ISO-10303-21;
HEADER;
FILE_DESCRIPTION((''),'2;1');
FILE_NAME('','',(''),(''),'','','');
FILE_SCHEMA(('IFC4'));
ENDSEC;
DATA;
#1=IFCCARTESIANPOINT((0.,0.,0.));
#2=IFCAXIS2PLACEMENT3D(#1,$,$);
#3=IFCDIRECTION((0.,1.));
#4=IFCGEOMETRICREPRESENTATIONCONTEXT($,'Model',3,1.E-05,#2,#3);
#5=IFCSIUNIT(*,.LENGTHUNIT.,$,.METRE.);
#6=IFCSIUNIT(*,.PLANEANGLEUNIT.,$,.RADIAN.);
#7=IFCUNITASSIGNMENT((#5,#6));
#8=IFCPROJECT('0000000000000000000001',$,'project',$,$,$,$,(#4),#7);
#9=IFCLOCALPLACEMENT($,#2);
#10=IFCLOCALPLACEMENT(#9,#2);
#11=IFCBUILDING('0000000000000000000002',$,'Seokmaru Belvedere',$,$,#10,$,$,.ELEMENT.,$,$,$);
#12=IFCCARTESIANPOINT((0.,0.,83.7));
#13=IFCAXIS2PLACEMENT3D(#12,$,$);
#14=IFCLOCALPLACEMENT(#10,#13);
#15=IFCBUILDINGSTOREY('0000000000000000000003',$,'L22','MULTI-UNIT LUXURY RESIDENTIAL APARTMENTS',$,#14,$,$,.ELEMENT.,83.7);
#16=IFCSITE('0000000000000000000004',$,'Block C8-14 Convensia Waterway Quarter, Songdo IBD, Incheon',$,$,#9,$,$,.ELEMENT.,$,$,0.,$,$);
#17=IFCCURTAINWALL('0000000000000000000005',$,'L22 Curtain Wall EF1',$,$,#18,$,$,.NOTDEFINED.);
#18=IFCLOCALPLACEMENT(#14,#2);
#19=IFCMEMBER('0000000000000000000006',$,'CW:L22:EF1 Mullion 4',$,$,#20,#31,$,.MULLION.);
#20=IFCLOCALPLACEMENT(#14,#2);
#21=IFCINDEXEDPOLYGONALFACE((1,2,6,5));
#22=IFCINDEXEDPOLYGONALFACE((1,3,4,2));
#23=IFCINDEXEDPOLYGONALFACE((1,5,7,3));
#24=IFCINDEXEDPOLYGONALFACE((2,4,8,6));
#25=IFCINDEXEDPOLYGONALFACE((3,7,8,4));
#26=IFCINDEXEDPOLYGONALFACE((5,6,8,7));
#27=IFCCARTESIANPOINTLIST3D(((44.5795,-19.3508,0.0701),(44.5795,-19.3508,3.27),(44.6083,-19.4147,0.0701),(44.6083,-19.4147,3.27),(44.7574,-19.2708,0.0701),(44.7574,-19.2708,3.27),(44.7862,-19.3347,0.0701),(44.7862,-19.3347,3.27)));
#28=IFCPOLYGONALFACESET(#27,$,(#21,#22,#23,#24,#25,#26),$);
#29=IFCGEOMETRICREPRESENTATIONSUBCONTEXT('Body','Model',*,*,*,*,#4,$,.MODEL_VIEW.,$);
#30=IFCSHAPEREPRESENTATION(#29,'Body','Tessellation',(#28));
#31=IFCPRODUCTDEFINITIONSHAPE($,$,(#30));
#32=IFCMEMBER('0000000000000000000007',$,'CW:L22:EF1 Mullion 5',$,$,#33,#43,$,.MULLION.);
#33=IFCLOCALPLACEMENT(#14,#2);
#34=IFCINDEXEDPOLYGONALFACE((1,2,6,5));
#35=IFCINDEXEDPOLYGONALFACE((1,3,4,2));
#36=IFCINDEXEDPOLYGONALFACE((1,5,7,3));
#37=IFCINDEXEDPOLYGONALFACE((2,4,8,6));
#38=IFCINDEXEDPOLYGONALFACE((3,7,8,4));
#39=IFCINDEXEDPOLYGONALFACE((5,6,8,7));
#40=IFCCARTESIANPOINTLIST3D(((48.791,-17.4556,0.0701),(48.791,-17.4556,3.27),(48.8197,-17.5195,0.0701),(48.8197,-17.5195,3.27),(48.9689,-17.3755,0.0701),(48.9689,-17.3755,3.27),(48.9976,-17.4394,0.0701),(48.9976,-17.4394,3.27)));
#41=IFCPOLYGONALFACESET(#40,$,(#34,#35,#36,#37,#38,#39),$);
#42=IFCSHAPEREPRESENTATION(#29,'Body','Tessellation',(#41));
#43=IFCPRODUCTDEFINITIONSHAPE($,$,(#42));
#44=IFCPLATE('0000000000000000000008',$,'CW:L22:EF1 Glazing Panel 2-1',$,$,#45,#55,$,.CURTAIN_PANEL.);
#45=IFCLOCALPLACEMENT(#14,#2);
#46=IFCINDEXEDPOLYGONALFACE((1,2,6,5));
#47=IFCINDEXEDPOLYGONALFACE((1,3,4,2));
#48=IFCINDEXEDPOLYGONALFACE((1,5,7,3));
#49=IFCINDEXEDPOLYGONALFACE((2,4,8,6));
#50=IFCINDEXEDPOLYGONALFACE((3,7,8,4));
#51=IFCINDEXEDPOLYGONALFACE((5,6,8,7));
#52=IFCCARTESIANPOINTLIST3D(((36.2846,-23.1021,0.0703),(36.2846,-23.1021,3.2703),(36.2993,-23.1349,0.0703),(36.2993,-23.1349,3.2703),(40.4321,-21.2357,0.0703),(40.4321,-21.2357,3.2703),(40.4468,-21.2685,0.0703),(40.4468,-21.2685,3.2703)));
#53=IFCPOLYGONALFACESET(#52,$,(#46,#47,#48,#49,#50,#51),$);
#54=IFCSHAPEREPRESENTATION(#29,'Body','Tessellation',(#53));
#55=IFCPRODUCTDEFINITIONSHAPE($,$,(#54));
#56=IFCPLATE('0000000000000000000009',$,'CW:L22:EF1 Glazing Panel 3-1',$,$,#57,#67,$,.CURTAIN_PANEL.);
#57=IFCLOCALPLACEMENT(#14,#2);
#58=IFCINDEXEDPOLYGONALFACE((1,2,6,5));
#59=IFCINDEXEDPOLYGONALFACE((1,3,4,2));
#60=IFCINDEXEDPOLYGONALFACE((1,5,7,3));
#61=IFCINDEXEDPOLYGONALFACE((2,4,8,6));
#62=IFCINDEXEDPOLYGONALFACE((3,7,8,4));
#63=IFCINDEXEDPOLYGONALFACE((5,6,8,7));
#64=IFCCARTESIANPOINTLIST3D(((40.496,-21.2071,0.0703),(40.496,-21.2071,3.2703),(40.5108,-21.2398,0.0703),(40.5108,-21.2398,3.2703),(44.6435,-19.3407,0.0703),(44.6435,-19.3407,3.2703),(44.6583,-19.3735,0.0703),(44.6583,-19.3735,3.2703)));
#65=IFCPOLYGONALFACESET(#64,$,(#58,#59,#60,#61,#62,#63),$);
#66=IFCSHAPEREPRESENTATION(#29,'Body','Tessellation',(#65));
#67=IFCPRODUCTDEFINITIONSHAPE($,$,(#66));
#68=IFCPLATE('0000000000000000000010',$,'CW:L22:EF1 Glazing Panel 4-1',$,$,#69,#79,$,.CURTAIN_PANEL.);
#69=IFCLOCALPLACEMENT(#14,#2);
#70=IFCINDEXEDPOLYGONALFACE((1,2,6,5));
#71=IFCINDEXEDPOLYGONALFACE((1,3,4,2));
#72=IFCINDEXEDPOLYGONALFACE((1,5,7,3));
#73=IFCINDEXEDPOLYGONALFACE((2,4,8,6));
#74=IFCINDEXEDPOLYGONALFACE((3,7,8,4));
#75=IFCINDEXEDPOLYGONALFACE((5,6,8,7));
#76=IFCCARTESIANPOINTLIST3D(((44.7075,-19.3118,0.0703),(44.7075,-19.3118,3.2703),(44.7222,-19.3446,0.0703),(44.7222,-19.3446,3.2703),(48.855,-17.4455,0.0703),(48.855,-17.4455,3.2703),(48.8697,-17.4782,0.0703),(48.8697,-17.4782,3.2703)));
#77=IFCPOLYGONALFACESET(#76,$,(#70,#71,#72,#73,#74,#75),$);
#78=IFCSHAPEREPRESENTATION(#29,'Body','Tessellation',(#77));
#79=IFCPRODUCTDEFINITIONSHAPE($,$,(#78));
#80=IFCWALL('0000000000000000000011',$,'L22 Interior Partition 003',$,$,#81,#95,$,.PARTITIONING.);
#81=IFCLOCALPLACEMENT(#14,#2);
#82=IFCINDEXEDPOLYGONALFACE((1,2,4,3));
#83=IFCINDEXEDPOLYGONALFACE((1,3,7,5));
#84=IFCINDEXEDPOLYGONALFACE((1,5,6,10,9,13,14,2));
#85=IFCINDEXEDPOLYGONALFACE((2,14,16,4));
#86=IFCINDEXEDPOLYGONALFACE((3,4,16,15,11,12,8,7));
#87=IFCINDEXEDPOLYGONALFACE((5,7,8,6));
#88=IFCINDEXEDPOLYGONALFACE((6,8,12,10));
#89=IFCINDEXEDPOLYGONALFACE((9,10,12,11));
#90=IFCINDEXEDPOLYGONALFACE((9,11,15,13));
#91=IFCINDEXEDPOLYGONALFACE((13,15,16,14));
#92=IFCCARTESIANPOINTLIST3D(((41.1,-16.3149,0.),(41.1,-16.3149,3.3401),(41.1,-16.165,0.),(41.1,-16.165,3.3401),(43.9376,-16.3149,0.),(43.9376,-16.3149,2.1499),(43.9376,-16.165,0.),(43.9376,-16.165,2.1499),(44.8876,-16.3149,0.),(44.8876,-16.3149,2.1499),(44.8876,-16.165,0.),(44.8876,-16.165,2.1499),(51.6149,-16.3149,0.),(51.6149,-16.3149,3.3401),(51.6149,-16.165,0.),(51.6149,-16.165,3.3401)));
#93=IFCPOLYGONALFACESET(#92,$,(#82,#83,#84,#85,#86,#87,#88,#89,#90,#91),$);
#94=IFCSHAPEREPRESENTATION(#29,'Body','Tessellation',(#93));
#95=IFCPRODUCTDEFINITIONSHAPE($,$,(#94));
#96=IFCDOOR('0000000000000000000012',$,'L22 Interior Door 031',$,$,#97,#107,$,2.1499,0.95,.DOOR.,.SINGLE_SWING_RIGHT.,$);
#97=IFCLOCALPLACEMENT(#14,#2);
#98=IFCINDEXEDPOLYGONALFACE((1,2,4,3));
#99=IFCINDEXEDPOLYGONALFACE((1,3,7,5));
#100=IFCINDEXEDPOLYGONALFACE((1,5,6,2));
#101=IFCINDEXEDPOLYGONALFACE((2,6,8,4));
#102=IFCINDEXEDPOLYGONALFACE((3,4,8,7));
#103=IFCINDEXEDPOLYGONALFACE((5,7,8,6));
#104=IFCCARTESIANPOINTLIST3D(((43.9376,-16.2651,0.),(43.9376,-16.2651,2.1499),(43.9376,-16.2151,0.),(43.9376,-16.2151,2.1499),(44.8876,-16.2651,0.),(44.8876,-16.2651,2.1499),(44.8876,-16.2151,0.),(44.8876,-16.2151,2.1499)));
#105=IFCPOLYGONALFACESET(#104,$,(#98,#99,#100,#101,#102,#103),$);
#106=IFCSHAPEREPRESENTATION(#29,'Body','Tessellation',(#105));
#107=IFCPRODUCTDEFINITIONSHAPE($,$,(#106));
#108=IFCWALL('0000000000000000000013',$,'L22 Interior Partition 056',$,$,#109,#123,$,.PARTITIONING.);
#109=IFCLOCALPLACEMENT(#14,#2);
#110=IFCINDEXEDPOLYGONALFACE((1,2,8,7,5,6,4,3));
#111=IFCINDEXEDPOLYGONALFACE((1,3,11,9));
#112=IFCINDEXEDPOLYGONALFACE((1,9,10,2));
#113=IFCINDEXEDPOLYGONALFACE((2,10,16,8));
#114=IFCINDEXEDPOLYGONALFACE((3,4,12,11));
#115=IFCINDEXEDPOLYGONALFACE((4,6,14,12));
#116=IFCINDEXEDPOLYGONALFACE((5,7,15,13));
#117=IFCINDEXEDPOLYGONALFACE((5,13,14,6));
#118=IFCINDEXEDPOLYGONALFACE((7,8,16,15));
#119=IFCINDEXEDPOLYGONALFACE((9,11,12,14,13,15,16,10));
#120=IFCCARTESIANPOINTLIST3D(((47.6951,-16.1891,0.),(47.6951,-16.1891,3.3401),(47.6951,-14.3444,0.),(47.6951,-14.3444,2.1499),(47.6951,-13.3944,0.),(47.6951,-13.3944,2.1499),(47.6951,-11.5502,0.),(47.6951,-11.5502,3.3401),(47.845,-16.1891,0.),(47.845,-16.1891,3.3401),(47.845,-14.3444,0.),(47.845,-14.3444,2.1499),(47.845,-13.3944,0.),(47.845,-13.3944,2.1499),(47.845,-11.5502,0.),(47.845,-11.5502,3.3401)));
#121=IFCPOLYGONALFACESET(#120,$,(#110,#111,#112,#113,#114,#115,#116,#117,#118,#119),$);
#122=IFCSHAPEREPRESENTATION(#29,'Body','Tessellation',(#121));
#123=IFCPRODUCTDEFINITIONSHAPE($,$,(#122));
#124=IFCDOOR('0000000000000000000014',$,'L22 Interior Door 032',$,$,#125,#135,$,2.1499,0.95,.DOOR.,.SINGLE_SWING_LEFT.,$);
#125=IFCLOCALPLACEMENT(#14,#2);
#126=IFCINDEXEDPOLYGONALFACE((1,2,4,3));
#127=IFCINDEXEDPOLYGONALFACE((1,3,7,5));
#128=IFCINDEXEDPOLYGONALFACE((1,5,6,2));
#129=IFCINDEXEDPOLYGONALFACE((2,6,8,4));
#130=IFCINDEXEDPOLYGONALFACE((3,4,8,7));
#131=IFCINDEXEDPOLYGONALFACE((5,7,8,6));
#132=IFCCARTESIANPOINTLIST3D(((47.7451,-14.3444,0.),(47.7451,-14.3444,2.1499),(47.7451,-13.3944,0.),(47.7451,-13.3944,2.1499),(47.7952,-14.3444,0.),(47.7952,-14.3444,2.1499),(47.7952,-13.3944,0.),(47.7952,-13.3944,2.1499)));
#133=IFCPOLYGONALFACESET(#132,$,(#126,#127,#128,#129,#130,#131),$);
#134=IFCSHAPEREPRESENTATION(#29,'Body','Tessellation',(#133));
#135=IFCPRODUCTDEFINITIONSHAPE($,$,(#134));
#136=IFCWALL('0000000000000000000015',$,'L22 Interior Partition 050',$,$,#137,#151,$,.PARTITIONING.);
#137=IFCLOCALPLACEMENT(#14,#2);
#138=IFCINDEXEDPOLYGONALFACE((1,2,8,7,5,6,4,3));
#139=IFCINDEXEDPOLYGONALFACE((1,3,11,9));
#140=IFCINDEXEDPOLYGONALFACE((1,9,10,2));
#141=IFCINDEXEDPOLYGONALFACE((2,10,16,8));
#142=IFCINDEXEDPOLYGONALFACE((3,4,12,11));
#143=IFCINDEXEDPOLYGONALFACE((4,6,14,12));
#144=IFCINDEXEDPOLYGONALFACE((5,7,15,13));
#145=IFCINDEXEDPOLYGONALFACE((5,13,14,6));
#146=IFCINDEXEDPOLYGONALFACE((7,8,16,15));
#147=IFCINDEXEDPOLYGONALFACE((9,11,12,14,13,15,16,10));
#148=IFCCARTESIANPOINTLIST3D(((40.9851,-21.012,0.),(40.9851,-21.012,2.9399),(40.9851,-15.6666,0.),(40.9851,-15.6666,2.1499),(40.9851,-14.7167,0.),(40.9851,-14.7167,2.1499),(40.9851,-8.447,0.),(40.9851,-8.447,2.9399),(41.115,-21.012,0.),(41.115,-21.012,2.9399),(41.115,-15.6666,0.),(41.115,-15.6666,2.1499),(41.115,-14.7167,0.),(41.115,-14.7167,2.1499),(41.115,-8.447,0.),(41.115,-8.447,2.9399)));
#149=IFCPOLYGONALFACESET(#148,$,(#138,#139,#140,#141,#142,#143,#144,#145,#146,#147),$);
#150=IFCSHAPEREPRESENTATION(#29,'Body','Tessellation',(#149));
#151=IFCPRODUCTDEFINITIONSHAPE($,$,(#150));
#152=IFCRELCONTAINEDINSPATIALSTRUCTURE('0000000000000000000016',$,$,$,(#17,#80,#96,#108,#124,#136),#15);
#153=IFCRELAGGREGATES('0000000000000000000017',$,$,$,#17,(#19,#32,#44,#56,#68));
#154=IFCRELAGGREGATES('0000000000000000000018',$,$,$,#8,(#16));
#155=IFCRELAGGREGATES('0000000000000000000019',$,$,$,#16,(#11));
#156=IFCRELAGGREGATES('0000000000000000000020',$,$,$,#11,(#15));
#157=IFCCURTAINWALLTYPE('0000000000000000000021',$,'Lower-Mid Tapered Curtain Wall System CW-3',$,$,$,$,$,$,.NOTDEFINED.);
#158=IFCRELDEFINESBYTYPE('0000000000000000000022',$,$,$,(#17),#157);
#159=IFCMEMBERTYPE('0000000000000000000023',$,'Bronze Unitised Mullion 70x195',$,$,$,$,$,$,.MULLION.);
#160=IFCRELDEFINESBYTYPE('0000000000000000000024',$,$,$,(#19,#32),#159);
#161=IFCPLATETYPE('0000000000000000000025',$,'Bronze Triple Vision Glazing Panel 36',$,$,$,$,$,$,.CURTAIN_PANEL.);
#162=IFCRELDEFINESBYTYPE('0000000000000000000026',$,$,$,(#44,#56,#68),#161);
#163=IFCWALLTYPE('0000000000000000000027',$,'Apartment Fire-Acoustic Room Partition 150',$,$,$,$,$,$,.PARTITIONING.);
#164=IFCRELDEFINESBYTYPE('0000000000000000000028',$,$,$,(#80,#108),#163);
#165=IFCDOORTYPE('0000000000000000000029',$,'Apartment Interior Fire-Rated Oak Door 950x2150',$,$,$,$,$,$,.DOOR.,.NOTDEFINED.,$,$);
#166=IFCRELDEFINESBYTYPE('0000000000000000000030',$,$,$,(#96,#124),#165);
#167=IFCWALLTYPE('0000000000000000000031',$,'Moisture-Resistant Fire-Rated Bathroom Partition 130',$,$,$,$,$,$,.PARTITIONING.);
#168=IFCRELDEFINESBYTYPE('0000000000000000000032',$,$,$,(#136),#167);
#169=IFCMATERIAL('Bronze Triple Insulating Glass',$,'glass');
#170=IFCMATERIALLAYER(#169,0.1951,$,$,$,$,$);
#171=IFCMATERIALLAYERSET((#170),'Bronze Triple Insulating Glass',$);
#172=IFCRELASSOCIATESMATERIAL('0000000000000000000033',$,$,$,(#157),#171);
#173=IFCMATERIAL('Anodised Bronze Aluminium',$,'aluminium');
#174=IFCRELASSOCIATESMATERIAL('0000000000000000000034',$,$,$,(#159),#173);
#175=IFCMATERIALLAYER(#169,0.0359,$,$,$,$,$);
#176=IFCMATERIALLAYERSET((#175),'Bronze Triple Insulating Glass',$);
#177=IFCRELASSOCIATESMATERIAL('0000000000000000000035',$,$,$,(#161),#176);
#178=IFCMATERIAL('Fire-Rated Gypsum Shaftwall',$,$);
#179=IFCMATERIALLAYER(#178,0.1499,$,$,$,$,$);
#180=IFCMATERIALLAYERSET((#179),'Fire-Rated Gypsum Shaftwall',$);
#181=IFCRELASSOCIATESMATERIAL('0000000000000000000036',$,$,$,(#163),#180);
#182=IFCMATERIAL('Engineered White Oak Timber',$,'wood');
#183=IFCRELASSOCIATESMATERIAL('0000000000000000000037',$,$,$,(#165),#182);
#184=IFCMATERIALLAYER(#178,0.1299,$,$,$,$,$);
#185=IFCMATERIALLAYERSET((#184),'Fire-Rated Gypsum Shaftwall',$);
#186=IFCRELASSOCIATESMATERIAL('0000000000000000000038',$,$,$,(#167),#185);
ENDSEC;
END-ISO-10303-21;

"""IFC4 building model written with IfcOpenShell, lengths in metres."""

from ifc_helpers import new_model, si_unit, direction, frame, frame_2d, origin, origin_2d, place, context, subcontext, project, spatial, rectangle, extrude, source, transform, mapped, material, layer, layer_set, material_profile, profile_set, type_object, type_shapes, element, fill, aggregate, save


model = new_model("IFC4")

# Units and contexts
model_context = context("Model", 3, precision=1e-05, world=origin(), true_north=direction((0.0, 1.0)))
body_context = subcontext(model_context, "Body", "Model", "MODEL_VIEW")
ifc_project = project(units=[si_unit("LENGTHUNIT", "METRE"), si_unit("PLANEANGLEUNIT", "RADIAN")], contexts=[model_context])

# Site, building, storey
site_placement = place(None, origin())
site = spatial("IfcSite", under=ifc_project, at=site_placement, Name="Block C8-14 Convensia Waterway Quarter, Songdo IBD, Incheon", CompositionType="ELEMENT", RefElevation=0.0)
building_placement = place(site_placement, origin())
building = spatial("IfcBuilding", under=site, at=building_placement, Name="Seokmaru Belvedere", CompositionType="ELEMENT")
storey_placement = place(building_placement, frame((0.0, 0.0, 83.7)))
storey = spatial("IfcBuildingStorey", under=building, at=storey_placement, Name="L22", Description="MULTI-UNIT LUXURY RESIDENTIAL APARTMENTS", CompositionType="ELEMENT", Elevation=83.7)

# Curtain wall, members, plates
ifc_material_1 = material(Name="Bronze Triple Insulating Glass", Category="glass")
ifc_layer_1 = layer(ifc_material_1, 0.1951)
ifc_layer_set_1 = layer_set([ifc_layer_1], Name="Bronze Triple Insulating Glass")
curtain_wall_type = type_object("IfcCurtainWallType", Name="Lower-Mid Tapered Curtain Wall System CW-3", PredefinedType="NOTDEFINED", material=ifc_layer_set_1)
curtain_wall_placement = place(storey_placement, origin())
curtain_wall = element("IfcCurtainWall", 1, at=curtain_wall_placement, inside=storey, type_object=curtain_wall_type, Name="L22 Curtain Wall EF1", PredefinedType="NOTDEFINED")
ifc_material_2 = material(Name="Anodised Bronze Aluminium", Category="aluminium")
ifc_material_profile_1 = material_profile(ifc_material_2, rectangle(XDim=0.0701, YDim=0.1951, at=origin_2d()), Name="CW-M-70x195")
ifc_profile_set_1 = profile_set([ifc_material_profile_1], Name="Anodised Bronze Aluminium")
member_type = type_object("IfcMemberType", Name="Bronze Unitised Mullion 70x195", PredefinedType="MULLION", material=ifc_profile_set_1)
shared_shape_1 = source(origin(), body_context, "Body", "SweptSolid", [
    extrude(rectangle(XDim=0.0701, YDim=0.1951, at=origin_2d()), origin(), (0.0, 0.0, 1.0), 3.2),
])
type_shapes(member_type, [shared_shape_1])
member_1_placement = place(storey_placement, frame((44.6829, -19.3428, 0.0701), z_axis=(0.0, 0.0, 1.0), x_axis=(-0.410366, 0.911921, 0.0)))
member_1 = element("IfcMember", 2, at=member_1_placement, type_object=member_type, Name="CW:L22:EF1 Mullion 4", PredefinedType="MULLION", context=body_context, shape_type="MappedRepresentation", body=[
    mapped(shared_shape_1, transform((0.0, 0.0, 0.0), scale=1.0)),
])
member_2_placement = place(storey_placement, frame((48.8943, -17.4475, 0.0701), z_axis=(0.0, 0.0, 1.0), x_axis=(-0.410366, 0.911921, 0.0)))
member_2 = element("IfcMember", 3, at=member_2_placement, type_object=member_type, Name="CW:L22:EF1 Mullion 5", PredefinedType="MULLION", context=body_context, shape_type="MappedRepresentation", body=[
    mapped(shared_shape_1, transform((0.0, 0.0, 0.0), scale=1.0)),
])
ifc_layer_2 = layer(ifc_material_1, 0.0359)
ifc_layer_set_2 = layer_set([ifc_layer_2], Name="Bronze Triple Insulating Glass")
plate_type = type_object("IfcPlateType", Name="Bronze Triple Vision Glazing Panel 36", PredefinedType="CURTAIN_PANEL", material=ifc_layer_set_2)
shared_shape_2 = source(origin(), body_context, "Body", "SweptSolid", [
    extrude(rectangle(XDim=4.5481, YDim=0.0359, at=origin_2d()), origin(), (0.0, 0.0, 1.0), 3.2),
])
type_shapes(plate_type, [shared_shape_2])
plate_1_placement = place(storey_placement, frame((38.3657, -22.1853, 0.0703), z_axis=(0.0, 0.0, 1.0), x_axis=(0.911921, 0.410366, 0.0)))
plate_1 = element("IfcPlate", 4, at=plate_1_placement, type_object=plate_type, Name="CW:L22:EF1 Glazing Panel 2-1", PredefinedType="CURTAIN_PANEL", context=body_context, shape_type="MappedRepresentation", body=[
    mapped(shared_shape_2, transform((0.0, 0.0, 0.0), scale=1.0)),
])
plate_2_placement = place(storey_placement, frame((42.5771, -20.2903, 0.0703), z_axis=(0.0, 0.0, 1.0), x_axis=(0.911921, 0.410366, 0.0)))
plate_2 = element("IfcPlate", 5, at=plate_2_placement, type_object=plate_type, Name="CW:L22:EF1 Glazing Panel 3-1", PredefinedType="CURTAIN_PANEL", context=body_context, shape_type="MappedRepresentation", body=[
    mapped(shared_shape_2, transform((0.0, 0.0, 0.0), scale=1.0)),
])
plate_3_placement = place(storey_placement, frame((46.7886, -18.395, 0.0703), z_axis=(0.0, 0.0, 1.0), x_axis=(0.911921, 0.410366, 0.0)))
plate_3 = element("IfcPlate", 6, at=plate_3_placement, type_object=plate_type, Name="CW:L22:EF1 Glazing Panel 4-1", PredefinedType="CURTAIN_PANEL", context=body_context, shape_type="MappedRepresentation", body=[
    mapped(shared_shape_2, transform((0.0, 0.0, 0.0), scale=1.0)),
])
aggregate(curtain_wall, [member_1, member_2, plate_1, plate_2, plate_3])

# Walls, openings, doors
ifc_material_3 = material(Name="Fire-Rated Gypsum Shaftwall")
ifc_layer_3 = layer(ifc_material_3, 0.1499)
ifc_layer_set_3 = layer_set([ifc_layer_3], Name="Fire-Rated Gypsum Shaftwall")
wall_type_1 = type_object("IfcWallType", Name="Apartment Fire-Acoustic Room Partition 150", PredefinedType="PARTITIONING", material=ifc_layer_set_3)
wall_1_placement = place(storey_placement, frame((41.1001, -16.24, 0.0), z_axis=(0.0, 0.0, 1.0), x_axis=(1.0, 0.0, 0.0)))
wall_1 = element("IfcWall", 7, at=wall_1_placement, inside=storey, type_object=wall_type_1, Name="L22 Interior Partition 003", PredefinedType="PARTITIONING", context=body_context, shape_type="SweptSolid", body=[
    extrude(rectangle(XDim=10.5149, YDim=0.1499, at=frame_2d((5.2573, 0.0))), origin(), (0.0, 0.0, 1.0), 3.3401),
])
opening_1_placement = place(wall_1_placement, frame((2.8374, 0.0, 0.0)))
opening_1 = element("IfcOpeningElement", 8, at=opening_1_placement, cuts=wall_1, PredefinedType="OPENING", context=body_context, shape_type="SweptSolid", body=[
    extrude(rectangle(XDim=0.95, YDim=2.1499, at=frame_2d((0.4751, 1.075))), frame((0.0, 0.085, 0.0), z_axis=(0.0, -1.0, 0.0), x_axis=(1.0, 0.0, 0.0)), (0.0, 0.0, 1.0), 0.1699),
])
ifc_material_4 = material(Name="Engineered White Oak Timber", Category="wood")
door_type = type_object("IfcDoorType", Name="Apartment Interior Fire-Rated Oak Door 950x2150", OperationType="NOTDEFINED", PredefinedType="DOOR", material=ifc_material_4)
shared_shape_3 = source(origin(), body_context, "Body", "SweptSolid", [
    extrude(rectangle(XDim=0.95, YDim=2.1499, at=frame_2d((0.4751, 1.075))), frame((0.0, 0.0249, 0.0), z_axis=(0.0, -1.0, 0.0), x_axis=(1.0, 0.0, 0.0)), (0.0, 0.0, 1.0), 0.05),
])
type_shapes(door_type, [shared_shape_3])
door_1_placement = place(opening_1_placement, origin())
door_1 = element("IfcDoor", 9, at=door_1_placement, inside=storey, type_object=door_type, Name="L22 Interior Door 031", OperationType="SINGLE_SWING_RIGHT", OverallHeight=2.1499, OverallWidth=0.95, PredefinedType="DOOR", context=body_context, shape_type="MappedRepresentation", body=[
    mapped(shared_shape_3, transform((0.0, 0.0, 0.0), scale=1.0)),
])
fill(opening_1, door_1)
wall_2_placement = place(storey_placement, frame((47.77, -16.189, 0.0), z_axis=(0.0, 0.0, 1.0), x_axis=(0.0, 1.0, 0.0)))
wall_2 = element("IfcWall", 10, at=wall_2_placement, inside=storey, type_object=wall_type_1, Name="L22 Interior Partition 056", PredefinedType="PARTITIONING", context=body_context, shape_type="SweptSolid", body=[
    extrude(rectangle(XDim=4.6389, YDim=0.1499, at=frame_2d((2.3193, 0.0))), origin(), (0.0, 0.0, 1.0), 3.3401),
])
opening_2_placement = place(wall_2_placement, frame((1.8445, 0.0, 0.0)))
opening_2 = element("IfcOpeningElement", 11, at=opening_2_placement, cuts=wall_2, PredefinedType="OPENING", context=body_context, shape_type="SweptSolid", body=[
    extrude(rectangle(XDim=0.95, YDim=2.1499, at=frame_2d((0.4751, 1.075))), frame((0.0, 0.085, 0.0), z_axis=(0.0, -1.0, 0.0), x_axis=(1.0, 0.0, 0.0)), (0.0, 0.0, 1.0), 0.1699),
])
door_2_placement = place(opening_2_placement, origin())
door_2 = element("IfcDoor", 12, at=door_2_placement, inside=storey, type_object=door_type, Name="L22 Interior Door 032", OperationType="SINGLE_SWING_LEFT", OverallHeight=2.1499, OverallWidth=0.95, PredefinedType="DOOR", context=body_context, shape_type="MappedRepresentation", body=[
    mapped(shared_shape_3, transform((0.0, 0.0, 0.0), scale=1.0)),
])
fill(opening_2, door_2)

# Wall, opening
ifc_layer_4 = layer(ifc_material_3, 0.1299)
ifc_layer_set_4 = layer_set([ifc_layer_4], Name="Fire-Rated Gypsum Shaftwall")
wall_type_2 = type_object("IfcWallType", Name="Moisture-Resistant Fire-Rated Bathroom Partition 130", PredefinedType="PARTITIONING", material=ifc_layer_set_4)
wall_3_placement = place(storey_placement, frame((41.05, -21.012, 0.0), z_axis=(0.0, 0.0, 1.0), x_axis=(0.0, 1.0, 0.0)))
wall_3 = element("IfcWall", 13, at=wall_3_placement, inside=storey, type_object=wall_type_2, Name="L22 Interior Partition 050", PredefinedType="PARTITIONING", context=body_context, shape_type="SweptSolid", body=[
    extrude(rectangle(XDim=12.5649, YDim=0.1299, at=frame_2d((6.2825, 0.0))), origin(), (0.0, 0.0, 1.0), 2.9399),
])
opening_3_placement = place(wall_3_placement, frame((5.3452, 0.0, 0.0)))
element("IfcOpeningElement", 14, at=opening_3_placement, cuts=wall_3, PredefinedType="OPENING", context=body_context, shape_type="SweptSolid", body=[
    extrude(rectangle(XDim=0.95, YDim=2.1499, at=frame_2d((0.4751, 1.075))), frame((0.0, 0.075, 0.0), z_axis=(0.0, -1.0, 0.0), x_axis=(1.0, 0.0, 0.0)), (0.0, 0.0, 1.0), 0.1499),
])

save(model, "model.ifc")
